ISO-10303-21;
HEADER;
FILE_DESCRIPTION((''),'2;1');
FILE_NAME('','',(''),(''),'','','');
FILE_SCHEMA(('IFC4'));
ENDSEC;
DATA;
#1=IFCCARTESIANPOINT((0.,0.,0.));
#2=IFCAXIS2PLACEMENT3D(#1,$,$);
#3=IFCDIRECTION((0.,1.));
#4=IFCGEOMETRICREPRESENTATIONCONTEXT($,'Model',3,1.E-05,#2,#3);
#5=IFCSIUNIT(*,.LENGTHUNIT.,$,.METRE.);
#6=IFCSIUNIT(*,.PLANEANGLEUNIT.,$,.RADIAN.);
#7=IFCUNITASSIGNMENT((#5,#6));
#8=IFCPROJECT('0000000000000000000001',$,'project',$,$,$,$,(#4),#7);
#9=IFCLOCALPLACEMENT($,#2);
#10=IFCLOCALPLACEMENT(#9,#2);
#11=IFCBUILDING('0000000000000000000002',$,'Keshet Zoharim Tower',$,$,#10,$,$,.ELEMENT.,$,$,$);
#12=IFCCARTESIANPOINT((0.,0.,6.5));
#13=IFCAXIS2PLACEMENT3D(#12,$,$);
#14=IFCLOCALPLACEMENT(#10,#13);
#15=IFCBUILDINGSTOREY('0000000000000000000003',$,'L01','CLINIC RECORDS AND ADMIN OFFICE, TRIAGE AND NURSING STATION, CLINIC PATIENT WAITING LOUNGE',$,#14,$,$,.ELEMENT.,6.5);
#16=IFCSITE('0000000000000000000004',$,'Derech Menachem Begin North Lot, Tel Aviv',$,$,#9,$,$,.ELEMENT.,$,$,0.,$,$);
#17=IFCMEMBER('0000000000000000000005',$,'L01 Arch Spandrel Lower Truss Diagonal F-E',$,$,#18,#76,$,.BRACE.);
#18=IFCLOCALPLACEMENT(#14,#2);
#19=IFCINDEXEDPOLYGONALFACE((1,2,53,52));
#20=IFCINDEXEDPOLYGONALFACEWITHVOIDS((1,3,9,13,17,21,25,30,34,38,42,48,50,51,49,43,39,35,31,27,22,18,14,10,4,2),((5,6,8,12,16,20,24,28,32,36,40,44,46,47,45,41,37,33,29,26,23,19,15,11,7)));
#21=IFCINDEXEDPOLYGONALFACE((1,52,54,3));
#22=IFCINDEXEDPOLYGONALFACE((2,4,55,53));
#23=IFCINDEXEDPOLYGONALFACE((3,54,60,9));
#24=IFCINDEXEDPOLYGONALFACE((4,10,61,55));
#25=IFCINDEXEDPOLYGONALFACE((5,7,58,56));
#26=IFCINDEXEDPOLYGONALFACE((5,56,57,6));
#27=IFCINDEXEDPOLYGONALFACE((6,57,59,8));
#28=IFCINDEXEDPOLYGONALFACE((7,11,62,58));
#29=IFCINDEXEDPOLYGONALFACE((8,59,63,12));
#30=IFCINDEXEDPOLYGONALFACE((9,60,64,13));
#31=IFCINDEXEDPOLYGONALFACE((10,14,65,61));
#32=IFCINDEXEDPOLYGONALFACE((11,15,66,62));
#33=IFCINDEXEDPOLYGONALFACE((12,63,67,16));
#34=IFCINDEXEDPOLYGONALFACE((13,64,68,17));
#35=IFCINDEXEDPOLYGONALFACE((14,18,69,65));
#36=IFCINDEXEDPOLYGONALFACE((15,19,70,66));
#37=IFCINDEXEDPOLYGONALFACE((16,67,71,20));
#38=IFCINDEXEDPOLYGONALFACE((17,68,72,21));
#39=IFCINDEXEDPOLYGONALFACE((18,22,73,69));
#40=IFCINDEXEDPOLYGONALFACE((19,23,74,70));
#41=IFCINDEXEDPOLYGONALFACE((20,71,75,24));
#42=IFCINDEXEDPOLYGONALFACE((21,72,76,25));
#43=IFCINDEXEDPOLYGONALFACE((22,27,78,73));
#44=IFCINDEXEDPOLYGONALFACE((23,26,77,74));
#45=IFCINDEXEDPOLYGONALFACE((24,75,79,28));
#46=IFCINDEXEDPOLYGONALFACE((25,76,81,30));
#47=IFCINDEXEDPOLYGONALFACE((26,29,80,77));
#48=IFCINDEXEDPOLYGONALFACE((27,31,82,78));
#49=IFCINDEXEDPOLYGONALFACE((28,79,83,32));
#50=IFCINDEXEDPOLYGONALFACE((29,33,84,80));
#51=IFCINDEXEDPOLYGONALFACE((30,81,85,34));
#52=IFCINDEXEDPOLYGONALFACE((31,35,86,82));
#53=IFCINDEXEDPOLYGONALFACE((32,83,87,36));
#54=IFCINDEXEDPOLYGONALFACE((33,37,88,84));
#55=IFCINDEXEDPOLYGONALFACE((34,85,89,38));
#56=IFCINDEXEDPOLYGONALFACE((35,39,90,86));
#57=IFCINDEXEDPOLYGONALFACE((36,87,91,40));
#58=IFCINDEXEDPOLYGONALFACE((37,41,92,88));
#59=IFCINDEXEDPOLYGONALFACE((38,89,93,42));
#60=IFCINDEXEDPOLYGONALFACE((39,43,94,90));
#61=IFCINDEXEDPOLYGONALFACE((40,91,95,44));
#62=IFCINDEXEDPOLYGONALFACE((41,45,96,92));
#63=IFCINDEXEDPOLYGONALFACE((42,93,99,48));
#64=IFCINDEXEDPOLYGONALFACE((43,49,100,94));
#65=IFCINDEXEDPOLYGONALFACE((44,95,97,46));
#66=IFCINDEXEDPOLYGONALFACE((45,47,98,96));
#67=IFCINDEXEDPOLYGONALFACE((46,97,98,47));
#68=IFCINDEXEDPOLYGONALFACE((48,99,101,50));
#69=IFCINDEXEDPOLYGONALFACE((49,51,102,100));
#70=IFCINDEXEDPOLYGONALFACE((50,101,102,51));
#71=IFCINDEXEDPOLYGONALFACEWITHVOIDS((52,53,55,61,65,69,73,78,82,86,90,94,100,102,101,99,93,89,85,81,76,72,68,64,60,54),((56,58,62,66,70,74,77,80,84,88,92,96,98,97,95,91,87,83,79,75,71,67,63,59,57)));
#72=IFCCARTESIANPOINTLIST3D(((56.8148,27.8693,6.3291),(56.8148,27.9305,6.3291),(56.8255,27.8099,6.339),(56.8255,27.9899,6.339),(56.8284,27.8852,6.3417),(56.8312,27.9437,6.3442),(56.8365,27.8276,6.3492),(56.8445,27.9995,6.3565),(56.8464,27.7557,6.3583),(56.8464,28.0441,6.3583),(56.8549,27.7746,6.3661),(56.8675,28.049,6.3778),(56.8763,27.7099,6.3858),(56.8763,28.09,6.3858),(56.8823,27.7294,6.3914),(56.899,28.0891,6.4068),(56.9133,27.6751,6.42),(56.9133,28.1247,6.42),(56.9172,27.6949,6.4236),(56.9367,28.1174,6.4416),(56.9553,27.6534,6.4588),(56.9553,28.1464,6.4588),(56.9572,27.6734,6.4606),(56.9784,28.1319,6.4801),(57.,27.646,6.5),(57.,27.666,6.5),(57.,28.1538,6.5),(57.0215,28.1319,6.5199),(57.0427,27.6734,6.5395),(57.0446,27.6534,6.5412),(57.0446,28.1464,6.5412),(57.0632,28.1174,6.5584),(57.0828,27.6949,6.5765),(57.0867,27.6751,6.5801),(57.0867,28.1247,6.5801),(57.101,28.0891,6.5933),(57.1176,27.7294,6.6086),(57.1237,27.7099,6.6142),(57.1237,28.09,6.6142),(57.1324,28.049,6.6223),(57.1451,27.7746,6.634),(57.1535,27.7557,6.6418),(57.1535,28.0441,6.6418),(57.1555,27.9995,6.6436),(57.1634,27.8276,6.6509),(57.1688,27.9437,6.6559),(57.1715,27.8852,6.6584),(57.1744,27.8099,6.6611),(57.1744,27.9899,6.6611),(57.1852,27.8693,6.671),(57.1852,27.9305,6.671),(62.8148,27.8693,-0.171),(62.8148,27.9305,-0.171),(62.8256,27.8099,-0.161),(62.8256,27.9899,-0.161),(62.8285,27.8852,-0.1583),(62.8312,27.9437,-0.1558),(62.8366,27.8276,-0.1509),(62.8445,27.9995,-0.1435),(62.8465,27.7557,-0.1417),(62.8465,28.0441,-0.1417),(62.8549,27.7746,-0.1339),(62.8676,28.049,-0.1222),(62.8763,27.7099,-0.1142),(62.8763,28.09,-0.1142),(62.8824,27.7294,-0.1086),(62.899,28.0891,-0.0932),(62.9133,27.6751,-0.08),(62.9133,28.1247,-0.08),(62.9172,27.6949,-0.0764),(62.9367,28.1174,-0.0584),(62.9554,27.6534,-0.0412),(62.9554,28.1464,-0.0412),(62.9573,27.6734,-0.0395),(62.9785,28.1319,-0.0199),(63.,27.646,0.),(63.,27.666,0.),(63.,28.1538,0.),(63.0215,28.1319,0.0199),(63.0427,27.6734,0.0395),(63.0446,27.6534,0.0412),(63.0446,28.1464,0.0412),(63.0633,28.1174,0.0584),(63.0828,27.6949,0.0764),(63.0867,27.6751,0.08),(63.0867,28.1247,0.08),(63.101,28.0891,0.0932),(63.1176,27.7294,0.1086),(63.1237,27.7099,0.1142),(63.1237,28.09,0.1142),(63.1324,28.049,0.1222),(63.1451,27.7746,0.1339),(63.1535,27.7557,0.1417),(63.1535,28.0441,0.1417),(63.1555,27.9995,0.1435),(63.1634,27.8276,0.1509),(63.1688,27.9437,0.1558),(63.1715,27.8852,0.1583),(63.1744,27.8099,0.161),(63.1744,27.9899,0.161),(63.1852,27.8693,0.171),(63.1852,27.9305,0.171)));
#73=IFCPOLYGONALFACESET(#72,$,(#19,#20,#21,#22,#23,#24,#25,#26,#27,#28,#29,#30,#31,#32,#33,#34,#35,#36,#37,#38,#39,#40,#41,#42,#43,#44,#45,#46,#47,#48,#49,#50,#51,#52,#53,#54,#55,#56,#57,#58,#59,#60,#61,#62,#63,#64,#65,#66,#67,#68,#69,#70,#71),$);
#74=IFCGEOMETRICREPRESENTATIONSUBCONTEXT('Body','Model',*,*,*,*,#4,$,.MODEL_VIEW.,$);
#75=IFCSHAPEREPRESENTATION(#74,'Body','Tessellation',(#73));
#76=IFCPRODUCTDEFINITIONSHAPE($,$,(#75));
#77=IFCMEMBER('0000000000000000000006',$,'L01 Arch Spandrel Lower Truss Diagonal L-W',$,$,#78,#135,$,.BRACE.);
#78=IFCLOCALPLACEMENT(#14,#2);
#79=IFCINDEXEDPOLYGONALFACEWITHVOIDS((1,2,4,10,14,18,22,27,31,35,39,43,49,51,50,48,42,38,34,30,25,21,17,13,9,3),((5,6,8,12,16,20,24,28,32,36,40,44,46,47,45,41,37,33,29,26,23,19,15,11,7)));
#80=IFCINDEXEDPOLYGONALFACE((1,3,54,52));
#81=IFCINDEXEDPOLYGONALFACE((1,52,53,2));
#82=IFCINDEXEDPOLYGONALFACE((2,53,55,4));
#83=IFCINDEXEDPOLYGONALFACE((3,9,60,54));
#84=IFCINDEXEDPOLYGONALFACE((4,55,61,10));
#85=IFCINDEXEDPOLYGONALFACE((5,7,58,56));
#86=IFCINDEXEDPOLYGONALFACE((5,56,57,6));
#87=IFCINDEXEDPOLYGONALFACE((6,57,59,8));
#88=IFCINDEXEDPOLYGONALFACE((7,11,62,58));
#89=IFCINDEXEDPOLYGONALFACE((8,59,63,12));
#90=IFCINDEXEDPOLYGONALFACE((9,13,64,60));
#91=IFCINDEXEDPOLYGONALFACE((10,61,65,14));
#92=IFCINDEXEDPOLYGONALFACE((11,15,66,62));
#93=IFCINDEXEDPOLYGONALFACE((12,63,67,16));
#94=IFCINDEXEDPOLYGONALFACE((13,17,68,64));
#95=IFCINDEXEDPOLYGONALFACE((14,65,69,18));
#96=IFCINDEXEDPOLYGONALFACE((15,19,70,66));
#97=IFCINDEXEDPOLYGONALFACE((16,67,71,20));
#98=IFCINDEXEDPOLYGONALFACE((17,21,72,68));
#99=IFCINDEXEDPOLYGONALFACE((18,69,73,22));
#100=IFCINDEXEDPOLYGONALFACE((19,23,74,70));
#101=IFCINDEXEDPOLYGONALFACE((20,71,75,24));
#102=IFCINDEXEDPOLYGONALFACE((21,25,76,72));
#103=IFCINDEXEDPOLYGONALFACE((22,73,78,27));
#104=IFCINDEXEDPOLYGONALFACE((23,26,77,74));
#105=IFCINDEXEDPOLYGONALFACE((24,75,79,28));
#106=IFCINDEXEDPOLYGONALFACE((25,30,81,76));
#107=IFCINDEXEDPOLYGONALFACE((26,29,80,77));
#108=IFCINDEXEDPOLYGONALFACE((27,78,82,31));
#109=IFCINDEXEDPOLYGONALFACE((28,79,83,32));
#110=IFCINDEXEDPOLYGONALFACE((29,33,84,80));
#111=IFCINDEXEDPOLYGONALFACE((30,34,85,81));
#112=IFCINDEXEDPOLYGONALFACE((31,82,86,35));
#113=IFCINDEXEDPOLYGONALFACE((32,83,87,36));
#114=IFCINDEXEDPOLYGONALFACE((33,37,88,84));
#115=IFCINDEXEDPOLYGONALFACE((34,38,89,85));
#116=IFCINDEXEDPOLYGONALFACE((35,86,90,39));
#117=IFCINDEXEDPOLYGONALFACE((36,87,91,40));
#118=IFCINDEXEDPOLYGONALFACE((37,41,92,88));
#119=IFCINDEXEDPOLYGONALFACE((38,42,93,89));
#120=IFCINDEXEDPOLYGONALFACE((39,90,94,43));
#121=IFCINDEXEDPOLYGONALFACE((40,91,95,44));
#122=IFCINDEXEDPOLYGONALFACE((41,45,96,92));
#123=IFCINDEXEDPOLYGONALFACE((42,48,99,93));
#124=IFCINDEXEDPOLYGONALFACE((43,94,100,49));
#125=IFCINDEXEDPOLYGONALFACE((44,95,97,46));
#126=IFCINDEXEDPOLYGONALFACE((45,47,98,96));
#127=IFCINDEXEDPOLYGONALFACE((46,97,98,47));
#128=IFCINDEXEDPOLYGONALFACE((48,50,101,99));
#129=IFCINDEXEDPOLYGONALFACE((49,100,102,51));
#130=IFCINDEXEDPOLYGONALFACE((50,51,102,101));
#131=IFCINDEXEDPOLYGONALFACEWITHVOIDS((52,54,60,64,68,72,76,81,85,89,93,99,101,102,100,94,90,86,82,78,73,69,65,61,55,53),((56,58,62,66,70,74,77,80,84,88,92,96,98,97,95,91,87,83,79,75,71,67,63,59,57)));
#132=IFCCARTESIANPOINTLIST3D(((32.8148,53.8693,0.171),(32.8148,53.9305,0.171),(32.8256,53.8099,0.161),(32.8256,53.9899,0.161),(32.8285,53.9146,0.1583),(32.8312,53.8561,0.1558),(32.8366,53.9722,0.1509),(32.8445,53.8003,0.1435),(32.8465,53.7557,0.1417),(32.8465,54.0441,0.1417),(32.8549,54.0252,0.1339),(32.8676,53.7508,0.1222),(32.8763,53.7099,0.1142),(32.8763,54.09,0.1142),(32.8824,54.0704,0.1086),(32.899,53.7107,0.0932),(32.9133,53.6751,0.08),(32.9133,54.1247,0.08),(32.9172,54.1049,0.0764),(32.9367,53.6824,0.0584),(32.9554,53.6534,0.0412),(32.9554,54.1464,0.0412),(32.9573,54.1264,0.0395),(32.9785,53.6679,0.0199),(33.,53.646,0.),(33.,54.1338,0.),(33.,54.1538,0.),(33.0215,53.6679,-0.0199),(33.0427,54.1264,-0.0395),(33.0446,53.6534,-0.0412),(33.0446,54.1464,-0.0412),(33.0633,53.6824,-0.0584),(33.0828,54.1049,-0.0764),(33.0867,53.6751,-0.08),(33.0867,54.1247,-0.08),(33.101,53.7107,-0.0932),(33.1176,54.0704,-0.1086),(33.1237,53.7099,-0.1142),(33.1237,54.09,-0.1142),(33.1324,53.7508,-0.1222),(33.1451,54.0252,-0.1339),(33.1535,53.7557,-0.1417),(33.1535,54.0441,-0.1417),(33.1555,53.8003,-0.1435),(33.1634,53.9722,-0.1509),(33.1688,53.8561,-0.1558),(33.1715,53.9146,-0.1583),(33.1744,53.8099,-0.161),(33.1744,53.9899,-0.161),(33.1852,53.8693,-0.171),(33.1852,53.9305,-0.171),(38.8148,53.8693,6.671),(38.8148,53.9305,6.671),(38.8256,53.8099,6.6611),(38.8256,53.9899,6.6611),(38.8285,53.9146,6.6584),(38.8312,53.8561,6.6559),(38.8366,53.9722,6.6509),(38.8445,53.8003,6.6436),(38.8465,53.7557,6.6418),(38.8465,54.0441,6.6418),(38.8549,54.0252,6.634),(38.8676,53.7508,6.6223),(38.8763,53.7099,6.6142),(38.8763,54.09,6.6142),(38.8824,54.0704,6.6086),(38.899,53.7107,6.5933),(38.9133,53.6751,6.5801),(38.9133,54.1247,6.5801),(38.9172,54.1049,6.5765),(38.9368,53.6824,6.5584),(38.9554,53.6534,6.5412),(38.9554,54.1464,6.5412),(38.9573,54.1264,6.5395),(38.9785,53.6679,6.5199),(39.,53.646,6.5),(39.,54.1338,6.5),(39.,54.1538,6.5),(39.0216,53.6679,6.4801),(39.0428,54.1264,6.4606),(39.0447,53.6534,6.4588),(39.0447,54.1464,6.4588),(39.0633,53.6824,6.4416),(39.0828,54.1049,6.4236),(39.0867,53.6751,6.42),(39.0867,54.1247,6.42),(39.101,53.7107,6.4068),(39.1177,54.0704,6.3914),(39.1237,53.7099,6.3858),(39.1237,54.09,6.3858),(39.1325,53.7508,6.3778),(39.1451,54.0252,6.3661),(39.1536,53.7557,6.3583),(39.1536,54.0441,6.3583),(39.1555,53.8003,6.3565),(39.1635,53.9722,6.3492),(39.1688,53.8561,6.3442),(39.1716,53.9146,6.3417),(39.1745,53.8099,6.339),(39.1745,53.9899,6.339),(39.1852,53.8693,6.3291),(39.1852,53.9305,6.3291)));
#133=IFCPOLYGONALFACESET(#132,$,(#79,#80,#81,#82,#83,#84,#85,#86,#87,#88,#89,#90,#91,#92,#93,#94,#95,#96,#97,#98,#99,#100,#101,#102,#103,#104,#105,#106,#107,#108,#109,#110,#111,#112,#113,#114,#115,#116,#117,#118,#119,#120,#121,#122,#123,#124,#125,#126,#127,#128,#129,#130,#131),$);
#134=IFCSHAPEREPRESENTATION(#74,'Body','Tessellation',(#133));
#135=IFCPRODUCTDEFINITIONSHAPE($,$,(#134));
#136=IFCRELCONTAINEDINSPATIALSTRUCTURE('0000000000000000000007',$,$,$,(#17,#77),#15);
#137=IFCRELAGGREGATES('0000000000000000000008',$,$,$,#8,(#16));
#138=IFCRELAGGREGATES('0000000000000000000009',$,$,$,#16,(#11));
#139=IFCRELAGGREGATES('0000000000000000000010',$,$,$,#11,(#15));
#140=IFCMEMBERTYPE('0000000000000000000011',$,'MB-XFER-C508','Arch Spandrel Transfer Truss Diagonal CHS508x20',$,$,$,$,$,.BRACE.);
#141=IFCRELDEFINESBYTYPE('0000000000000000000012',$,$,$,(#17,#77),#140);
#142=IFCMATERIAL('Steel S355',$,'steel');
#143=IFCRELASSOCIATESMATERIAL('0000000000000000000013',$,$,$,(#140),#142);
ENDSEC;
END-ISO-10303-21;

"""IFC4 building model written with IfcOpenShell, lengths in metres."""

from ifc_helpers import new_model, si_unit, direction, frame, origin, origin_2d, place, context, subcontext, project, spatial, hollow_circle, extrude, material, material_profile, profile_set, type_object, element, save


model = new_model("IFC4")

# Units and contexts
model_context = context("Model", 3, precision=1e-05, world=origin(), true_north=direction((0.0, 1.0)))
body_context = subcontext(model_context, "Body", "Model", "MODEL_VIEW")
ifc_project = project(units=[si_unit("LENGTHUNIT", "METRE"), si_unit("PLANEANGLEUNIT", "RADIAN")], contexts=[model_context])

# Site, building, storey
site_placement = place(None, origin())
site = spatial("IfcSite", under=ifc_project, at=site_placement, Name="Derech Menachem Begin North Lot, Tel Aviv", CompositionType="ELEMENT", RefElevation=0.0)
building_placement = place(site_placement, origin())
building = spatial("IfcBuilding", under=site, at=building_placement, Name="Keshet Zoharim Tower", CompositionType="ELEMENT")
storey_placement = place(building_placement, frame((0.0, 0.0, 6.5)))
storey = spatial("IfcBuildingStorey", under=building, at=storey_placement, Name="L01", Description="CLINIC RECORDS AND ADMIN OFFICE, TRIAGE AND NURSING STATION, CLINIC PATIENT WAITING LOUNGE", CompositionType="ELEMENT", Elevation=6.5)

# Shared definitions
ifc_material_1 = material(Name="Steel S355", Category="steel")

# Members
ifc_material_profile_1 = material_profile(ifc_material_1, hollow_circle(Radius=0.2539, WallThickness=0.02, at=origin_2d()), Name="CHS508x20")
ifc_profile_set_1 = profile_set([ifc_material_profile_1], Name="Steel S355")
member_type = type_object("IfcMemberType", Name="MB-XFER-C508", Description="Arch Spandrel Transfer Truss Diagonal CHS508x20", PredefinedType="BRACE", material=ifc_profile_set_1)
for number, where, z_axis, x_axis, name in (
    (1, (63.0, 27.8999, 0.0), (-0.67828, 0.0, 0.734803), (0.0, -1.0, 0.0), "L01 Arch Spandrel Lower Truss Diagonal F-E"),
    (2, (33.0, 53.8999, 0.0), (0.67828, 0.0, 0.734803), (0.0, 1.0, 0.0), "L01 Arch Spandrel Lower Truss Diagonal L-W"),
):
    element("IfcMember", number, at=place(storey_placement, frame(where, z_axis=z_axis, x_axis=x_axis)), inside=storey, type_object=member_type, Name=name, PredefinedType="BRACE", context=body_context, shape_type="SweptSolid", body=[
        extrude(hollow_circle(Radius=0.2539, WallThickness=0.02, at=origin_2d()), origin(), (0.0, 0.0, 1.0), 8.8459),
    ])

save(model, "model.ifc")
